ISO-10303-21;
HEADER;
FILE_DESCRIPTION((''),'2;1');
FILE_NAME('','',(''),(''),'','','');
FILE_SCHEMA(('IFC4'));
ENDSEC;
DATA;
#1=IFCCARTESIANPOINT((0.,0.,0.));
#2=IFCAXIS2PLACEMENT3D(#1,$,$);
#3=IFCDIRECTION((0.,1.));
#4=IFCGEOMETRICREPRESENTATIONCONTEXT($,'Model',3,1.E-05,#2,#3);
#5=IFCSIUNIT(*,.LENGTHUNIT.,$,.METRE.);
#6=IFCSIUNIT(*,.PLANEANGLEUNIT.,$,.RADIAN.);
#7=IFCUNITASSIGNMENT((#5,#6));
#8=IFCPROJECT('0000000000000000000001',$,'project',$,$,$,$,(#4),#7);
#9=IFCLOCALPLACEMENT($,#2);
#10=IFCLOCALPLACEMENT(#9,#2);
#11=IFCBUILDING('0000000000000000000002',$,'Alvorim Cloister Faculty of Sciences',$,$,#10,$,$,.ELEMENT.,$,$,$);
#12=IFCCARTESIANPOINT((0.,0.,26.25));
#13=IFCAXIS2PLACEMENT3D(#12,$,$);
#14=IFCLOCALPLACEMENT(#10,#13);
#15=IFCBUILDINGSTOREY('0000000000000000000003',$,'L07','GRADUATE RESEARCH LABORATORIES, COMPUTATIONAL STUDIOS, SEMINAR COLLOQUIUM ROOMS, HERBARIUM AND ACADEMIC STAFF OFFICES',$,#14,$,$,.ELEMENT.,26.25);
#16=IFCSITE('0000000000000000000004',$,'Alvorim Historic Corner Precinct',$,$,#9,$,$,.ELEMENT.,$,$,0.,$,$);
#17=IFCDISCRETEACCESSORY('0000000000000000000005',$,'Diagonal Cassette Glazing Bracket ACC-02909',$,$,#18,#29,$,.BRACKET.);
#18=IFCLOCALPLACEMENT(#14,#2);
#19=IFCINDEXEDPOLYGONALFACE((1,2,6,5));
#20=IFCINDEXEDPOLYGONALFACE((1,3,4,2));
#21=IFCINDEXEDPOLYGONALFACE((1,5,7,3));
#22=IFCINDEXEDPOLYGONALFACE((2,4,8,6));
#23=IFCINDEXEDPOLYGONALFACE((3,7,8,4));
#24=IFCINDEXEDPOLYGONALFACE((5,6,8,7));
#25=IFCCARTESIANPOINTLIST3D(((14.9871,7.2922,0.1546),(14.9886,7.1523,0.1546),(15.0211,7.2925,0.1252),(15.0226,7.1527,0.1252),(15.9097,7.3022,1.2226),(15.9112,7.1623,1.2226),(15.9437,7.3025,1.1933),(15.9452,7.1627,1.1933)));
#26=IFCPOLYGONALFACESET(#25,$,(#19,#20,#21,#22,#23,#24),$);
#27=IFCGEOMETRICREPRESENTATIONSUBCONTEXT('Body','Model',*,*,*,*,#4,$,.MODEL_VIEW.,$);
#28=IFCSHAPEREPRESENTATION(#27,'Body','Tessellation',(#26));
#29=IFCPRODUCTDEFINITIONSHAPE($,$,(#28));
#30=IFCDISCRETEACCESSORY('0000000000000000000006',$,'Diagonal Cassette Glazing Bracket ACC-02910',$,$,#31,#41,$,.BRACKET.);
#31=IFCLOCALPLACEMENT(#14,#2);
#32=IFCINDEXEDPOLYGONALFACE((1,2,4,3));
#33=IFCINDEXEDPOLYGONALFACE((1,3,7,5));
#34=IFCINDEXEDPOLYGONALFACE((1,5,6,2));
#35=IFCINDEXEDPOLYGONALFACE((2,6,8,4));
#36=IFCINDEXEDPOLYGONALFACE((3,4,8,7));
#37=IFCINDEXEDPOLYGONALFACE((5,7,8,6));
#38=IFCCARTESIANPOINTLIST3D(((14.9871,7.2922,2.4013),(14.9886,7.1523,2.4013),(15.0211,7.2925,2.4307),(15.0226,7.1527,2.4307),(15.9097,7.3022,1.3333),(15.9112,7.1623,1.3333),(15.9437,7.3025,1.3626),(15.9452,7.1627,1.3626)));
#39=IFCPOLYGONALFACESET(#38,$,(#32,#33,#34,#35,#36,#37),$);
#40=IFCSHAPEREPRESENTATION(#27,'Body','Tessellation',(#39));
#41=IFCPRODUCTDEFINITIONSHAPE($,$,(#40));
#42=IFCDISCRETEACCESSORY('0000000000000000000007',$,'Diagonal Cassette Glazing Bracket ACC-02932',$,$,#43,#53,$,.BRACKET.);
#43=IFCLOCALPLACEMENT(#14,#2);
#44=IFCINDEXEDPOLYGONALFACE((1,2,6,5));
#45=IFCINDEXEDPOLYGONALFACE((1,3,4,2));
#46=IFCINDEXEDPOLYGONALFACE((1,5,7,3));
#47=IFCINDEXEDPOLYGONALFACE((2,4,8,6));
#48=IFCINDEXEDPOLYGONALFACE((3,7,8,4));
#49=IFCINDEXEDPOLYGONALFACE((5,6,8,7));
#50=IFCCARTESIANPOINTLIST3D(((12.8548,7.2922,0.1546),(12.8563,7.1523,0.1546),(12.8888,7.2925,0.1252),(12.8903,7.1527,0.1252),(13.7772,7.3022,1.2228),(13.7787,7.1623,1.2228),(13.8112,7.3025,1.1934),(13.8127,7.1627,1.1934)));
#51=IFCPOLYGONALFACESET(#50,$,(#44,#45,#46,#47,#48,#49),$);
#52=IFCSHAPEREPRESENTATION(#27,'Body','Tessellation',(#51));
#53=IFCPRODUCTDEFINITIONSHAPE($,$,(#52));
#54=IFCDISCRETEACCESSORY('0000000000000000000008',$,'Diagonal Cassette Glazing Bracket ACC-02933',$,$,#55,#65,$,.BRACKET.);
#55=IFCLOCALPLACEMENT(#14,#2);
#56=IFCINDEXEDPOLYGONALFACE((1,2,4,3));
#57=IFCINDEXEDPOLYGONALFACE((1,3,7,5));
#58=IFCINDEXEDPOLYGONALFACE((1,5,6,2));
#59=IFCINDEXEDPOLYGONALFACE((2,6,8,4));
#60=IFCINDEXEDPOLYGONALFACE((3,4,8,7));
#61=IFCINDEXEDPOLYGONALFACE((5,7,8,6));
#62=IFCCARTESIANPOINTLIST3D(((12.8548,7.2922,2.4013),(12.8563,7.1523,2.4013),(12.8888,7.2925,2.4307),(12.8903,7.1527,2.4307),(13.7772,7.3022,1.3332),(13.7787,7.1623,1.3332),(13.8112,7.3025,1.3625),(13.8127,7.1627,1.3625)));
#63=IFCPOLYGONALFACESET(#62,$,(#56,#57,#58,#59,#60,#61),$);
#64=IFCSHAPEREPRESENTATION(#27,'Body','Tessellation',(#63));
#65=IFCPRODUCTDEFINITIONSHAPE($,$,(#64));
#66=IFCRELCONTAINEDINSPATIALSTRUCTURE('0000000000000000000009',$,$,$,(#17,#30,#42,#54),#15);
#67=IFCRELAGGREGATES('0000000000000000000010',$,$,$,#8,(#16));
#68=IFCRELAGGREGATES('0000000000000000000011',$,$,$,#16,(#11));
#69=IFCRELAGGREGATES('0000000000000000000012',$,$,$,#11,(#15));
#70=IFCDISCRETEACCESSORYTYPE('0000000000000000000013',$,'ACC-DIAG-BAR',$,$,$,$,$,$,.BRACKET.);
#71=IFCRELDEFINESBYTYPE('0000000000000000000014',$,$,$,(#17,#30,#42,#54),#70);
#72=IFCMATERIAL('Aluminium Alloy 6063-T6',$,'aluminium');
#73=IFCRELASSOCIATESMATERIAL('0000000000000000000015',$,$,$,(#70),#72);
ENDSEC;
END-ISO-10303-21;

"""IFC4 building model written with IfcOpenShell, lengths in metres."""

from ifc_helpers import new_model, si_unit, direction, frame, origin, origin_2d, place, context, subcontext, project, spatial, rectangle, extrude, material, type_object, element, save


model = new_model("IFC4")

# Units and contexts
model_context = context("Model", 3, precision=1e-05, world=origin(), true_north=direction((0.0, 1.0)))
body_context = subcontext(model_context, "Body", "Model", "MODEL_VIEW")
ifc_project = project(units=[si_unit("LENGTHUNIT", "METRE"), si_unit("PLANEANGLEUNIT", "RADIAN")], contexts=[model_context])

# Site, building, storey
site_placement = place(None, origin())
site = spatial("IfcSite", under=ifc_project, at=site_placement, Name="Alvorim Historic Corner Precinct", CompositionType="ELEMENT", RefElevation=0.0)
building_placement = place(site_placement, origin())
building = spatial("IfcBuilding", under=site, at=building_placement, Name="Alvorim Cloister Faculty of Sciences", CompositionType="ELEMENT")
storey_placement = place(building_placement, frame((0.0, 0.0, 26.25)))
storey = spatial("IfcBuildingStorey", under=building, at=storey_placement, Name="L07", Description="GRADUATE RESEARCH LABORATORIES, COMPUTATIONAL STUDIOS, SEMINAR COLLOQUIUM ROOMS, HERBARIUM AND ACADEMIC STAFF OFFICES", CompositionType="ELEMENT", Elevation=26.25)

# Shared definitions
ifc_material_1 = material(Name="Aluminium Alloy 6063-T6", Category="aluminium")

# Discrete accessories
discrete_accessory_type = type_object("IfcDiscreteAccessoryType", Name="ACC-DIAG-BAR", PredefinedType="BRACKET", material=ifc_material_1)
for number, where, z_axis, x_axis, name in (
    (1, (15.0049, 7.2224, 0.1399), (0.653662, 0.007092, 0.756753), (-0.010849, 0.999941, 0.0), "Diagonal Cassette Glazing Bracket ACC-02909"),
    (2, (15.0049, 7.2224, 2.416), (0.653662, 0.007092, -0.756753), (-0.010849, 0.999941, 0.0), "Diagonal Cassette Glazing Bracket ACC-02910"),
    (3, (12.8726, 7.2224, 0.1399), (0.653563, 0.007093, 0.756839), (-0.010852, 0.999941, 0.0), "Diagonal Cassette Glazing Bracket ACC-02932"),
    (4, (12.8726, 7.2224, 2.416), (0.653563, 0.007093, -0.756839), (-0.010852, 0.999941, 0.0), "Diagonal Cassette Glazing Bracket ACC-02933"),
):
    element("IfcDiscreteAccessory", number, at=place(storey_placement, frame(where, z_axis=z_axis, x_axis=x_axis)), inside=storey, type_object=discrete_accessory_type, Name=name, PredefinedType="BRACKET", context=body_context, shape_type="SweptSolid", body=[
        extrude(rectangle(XDim=0.1399, YDim=0.0449, at=origin_2d()), origin(), (0.0, 0.0, 1.0), 1.4114),
    ])

save(model, "model.ifc")
